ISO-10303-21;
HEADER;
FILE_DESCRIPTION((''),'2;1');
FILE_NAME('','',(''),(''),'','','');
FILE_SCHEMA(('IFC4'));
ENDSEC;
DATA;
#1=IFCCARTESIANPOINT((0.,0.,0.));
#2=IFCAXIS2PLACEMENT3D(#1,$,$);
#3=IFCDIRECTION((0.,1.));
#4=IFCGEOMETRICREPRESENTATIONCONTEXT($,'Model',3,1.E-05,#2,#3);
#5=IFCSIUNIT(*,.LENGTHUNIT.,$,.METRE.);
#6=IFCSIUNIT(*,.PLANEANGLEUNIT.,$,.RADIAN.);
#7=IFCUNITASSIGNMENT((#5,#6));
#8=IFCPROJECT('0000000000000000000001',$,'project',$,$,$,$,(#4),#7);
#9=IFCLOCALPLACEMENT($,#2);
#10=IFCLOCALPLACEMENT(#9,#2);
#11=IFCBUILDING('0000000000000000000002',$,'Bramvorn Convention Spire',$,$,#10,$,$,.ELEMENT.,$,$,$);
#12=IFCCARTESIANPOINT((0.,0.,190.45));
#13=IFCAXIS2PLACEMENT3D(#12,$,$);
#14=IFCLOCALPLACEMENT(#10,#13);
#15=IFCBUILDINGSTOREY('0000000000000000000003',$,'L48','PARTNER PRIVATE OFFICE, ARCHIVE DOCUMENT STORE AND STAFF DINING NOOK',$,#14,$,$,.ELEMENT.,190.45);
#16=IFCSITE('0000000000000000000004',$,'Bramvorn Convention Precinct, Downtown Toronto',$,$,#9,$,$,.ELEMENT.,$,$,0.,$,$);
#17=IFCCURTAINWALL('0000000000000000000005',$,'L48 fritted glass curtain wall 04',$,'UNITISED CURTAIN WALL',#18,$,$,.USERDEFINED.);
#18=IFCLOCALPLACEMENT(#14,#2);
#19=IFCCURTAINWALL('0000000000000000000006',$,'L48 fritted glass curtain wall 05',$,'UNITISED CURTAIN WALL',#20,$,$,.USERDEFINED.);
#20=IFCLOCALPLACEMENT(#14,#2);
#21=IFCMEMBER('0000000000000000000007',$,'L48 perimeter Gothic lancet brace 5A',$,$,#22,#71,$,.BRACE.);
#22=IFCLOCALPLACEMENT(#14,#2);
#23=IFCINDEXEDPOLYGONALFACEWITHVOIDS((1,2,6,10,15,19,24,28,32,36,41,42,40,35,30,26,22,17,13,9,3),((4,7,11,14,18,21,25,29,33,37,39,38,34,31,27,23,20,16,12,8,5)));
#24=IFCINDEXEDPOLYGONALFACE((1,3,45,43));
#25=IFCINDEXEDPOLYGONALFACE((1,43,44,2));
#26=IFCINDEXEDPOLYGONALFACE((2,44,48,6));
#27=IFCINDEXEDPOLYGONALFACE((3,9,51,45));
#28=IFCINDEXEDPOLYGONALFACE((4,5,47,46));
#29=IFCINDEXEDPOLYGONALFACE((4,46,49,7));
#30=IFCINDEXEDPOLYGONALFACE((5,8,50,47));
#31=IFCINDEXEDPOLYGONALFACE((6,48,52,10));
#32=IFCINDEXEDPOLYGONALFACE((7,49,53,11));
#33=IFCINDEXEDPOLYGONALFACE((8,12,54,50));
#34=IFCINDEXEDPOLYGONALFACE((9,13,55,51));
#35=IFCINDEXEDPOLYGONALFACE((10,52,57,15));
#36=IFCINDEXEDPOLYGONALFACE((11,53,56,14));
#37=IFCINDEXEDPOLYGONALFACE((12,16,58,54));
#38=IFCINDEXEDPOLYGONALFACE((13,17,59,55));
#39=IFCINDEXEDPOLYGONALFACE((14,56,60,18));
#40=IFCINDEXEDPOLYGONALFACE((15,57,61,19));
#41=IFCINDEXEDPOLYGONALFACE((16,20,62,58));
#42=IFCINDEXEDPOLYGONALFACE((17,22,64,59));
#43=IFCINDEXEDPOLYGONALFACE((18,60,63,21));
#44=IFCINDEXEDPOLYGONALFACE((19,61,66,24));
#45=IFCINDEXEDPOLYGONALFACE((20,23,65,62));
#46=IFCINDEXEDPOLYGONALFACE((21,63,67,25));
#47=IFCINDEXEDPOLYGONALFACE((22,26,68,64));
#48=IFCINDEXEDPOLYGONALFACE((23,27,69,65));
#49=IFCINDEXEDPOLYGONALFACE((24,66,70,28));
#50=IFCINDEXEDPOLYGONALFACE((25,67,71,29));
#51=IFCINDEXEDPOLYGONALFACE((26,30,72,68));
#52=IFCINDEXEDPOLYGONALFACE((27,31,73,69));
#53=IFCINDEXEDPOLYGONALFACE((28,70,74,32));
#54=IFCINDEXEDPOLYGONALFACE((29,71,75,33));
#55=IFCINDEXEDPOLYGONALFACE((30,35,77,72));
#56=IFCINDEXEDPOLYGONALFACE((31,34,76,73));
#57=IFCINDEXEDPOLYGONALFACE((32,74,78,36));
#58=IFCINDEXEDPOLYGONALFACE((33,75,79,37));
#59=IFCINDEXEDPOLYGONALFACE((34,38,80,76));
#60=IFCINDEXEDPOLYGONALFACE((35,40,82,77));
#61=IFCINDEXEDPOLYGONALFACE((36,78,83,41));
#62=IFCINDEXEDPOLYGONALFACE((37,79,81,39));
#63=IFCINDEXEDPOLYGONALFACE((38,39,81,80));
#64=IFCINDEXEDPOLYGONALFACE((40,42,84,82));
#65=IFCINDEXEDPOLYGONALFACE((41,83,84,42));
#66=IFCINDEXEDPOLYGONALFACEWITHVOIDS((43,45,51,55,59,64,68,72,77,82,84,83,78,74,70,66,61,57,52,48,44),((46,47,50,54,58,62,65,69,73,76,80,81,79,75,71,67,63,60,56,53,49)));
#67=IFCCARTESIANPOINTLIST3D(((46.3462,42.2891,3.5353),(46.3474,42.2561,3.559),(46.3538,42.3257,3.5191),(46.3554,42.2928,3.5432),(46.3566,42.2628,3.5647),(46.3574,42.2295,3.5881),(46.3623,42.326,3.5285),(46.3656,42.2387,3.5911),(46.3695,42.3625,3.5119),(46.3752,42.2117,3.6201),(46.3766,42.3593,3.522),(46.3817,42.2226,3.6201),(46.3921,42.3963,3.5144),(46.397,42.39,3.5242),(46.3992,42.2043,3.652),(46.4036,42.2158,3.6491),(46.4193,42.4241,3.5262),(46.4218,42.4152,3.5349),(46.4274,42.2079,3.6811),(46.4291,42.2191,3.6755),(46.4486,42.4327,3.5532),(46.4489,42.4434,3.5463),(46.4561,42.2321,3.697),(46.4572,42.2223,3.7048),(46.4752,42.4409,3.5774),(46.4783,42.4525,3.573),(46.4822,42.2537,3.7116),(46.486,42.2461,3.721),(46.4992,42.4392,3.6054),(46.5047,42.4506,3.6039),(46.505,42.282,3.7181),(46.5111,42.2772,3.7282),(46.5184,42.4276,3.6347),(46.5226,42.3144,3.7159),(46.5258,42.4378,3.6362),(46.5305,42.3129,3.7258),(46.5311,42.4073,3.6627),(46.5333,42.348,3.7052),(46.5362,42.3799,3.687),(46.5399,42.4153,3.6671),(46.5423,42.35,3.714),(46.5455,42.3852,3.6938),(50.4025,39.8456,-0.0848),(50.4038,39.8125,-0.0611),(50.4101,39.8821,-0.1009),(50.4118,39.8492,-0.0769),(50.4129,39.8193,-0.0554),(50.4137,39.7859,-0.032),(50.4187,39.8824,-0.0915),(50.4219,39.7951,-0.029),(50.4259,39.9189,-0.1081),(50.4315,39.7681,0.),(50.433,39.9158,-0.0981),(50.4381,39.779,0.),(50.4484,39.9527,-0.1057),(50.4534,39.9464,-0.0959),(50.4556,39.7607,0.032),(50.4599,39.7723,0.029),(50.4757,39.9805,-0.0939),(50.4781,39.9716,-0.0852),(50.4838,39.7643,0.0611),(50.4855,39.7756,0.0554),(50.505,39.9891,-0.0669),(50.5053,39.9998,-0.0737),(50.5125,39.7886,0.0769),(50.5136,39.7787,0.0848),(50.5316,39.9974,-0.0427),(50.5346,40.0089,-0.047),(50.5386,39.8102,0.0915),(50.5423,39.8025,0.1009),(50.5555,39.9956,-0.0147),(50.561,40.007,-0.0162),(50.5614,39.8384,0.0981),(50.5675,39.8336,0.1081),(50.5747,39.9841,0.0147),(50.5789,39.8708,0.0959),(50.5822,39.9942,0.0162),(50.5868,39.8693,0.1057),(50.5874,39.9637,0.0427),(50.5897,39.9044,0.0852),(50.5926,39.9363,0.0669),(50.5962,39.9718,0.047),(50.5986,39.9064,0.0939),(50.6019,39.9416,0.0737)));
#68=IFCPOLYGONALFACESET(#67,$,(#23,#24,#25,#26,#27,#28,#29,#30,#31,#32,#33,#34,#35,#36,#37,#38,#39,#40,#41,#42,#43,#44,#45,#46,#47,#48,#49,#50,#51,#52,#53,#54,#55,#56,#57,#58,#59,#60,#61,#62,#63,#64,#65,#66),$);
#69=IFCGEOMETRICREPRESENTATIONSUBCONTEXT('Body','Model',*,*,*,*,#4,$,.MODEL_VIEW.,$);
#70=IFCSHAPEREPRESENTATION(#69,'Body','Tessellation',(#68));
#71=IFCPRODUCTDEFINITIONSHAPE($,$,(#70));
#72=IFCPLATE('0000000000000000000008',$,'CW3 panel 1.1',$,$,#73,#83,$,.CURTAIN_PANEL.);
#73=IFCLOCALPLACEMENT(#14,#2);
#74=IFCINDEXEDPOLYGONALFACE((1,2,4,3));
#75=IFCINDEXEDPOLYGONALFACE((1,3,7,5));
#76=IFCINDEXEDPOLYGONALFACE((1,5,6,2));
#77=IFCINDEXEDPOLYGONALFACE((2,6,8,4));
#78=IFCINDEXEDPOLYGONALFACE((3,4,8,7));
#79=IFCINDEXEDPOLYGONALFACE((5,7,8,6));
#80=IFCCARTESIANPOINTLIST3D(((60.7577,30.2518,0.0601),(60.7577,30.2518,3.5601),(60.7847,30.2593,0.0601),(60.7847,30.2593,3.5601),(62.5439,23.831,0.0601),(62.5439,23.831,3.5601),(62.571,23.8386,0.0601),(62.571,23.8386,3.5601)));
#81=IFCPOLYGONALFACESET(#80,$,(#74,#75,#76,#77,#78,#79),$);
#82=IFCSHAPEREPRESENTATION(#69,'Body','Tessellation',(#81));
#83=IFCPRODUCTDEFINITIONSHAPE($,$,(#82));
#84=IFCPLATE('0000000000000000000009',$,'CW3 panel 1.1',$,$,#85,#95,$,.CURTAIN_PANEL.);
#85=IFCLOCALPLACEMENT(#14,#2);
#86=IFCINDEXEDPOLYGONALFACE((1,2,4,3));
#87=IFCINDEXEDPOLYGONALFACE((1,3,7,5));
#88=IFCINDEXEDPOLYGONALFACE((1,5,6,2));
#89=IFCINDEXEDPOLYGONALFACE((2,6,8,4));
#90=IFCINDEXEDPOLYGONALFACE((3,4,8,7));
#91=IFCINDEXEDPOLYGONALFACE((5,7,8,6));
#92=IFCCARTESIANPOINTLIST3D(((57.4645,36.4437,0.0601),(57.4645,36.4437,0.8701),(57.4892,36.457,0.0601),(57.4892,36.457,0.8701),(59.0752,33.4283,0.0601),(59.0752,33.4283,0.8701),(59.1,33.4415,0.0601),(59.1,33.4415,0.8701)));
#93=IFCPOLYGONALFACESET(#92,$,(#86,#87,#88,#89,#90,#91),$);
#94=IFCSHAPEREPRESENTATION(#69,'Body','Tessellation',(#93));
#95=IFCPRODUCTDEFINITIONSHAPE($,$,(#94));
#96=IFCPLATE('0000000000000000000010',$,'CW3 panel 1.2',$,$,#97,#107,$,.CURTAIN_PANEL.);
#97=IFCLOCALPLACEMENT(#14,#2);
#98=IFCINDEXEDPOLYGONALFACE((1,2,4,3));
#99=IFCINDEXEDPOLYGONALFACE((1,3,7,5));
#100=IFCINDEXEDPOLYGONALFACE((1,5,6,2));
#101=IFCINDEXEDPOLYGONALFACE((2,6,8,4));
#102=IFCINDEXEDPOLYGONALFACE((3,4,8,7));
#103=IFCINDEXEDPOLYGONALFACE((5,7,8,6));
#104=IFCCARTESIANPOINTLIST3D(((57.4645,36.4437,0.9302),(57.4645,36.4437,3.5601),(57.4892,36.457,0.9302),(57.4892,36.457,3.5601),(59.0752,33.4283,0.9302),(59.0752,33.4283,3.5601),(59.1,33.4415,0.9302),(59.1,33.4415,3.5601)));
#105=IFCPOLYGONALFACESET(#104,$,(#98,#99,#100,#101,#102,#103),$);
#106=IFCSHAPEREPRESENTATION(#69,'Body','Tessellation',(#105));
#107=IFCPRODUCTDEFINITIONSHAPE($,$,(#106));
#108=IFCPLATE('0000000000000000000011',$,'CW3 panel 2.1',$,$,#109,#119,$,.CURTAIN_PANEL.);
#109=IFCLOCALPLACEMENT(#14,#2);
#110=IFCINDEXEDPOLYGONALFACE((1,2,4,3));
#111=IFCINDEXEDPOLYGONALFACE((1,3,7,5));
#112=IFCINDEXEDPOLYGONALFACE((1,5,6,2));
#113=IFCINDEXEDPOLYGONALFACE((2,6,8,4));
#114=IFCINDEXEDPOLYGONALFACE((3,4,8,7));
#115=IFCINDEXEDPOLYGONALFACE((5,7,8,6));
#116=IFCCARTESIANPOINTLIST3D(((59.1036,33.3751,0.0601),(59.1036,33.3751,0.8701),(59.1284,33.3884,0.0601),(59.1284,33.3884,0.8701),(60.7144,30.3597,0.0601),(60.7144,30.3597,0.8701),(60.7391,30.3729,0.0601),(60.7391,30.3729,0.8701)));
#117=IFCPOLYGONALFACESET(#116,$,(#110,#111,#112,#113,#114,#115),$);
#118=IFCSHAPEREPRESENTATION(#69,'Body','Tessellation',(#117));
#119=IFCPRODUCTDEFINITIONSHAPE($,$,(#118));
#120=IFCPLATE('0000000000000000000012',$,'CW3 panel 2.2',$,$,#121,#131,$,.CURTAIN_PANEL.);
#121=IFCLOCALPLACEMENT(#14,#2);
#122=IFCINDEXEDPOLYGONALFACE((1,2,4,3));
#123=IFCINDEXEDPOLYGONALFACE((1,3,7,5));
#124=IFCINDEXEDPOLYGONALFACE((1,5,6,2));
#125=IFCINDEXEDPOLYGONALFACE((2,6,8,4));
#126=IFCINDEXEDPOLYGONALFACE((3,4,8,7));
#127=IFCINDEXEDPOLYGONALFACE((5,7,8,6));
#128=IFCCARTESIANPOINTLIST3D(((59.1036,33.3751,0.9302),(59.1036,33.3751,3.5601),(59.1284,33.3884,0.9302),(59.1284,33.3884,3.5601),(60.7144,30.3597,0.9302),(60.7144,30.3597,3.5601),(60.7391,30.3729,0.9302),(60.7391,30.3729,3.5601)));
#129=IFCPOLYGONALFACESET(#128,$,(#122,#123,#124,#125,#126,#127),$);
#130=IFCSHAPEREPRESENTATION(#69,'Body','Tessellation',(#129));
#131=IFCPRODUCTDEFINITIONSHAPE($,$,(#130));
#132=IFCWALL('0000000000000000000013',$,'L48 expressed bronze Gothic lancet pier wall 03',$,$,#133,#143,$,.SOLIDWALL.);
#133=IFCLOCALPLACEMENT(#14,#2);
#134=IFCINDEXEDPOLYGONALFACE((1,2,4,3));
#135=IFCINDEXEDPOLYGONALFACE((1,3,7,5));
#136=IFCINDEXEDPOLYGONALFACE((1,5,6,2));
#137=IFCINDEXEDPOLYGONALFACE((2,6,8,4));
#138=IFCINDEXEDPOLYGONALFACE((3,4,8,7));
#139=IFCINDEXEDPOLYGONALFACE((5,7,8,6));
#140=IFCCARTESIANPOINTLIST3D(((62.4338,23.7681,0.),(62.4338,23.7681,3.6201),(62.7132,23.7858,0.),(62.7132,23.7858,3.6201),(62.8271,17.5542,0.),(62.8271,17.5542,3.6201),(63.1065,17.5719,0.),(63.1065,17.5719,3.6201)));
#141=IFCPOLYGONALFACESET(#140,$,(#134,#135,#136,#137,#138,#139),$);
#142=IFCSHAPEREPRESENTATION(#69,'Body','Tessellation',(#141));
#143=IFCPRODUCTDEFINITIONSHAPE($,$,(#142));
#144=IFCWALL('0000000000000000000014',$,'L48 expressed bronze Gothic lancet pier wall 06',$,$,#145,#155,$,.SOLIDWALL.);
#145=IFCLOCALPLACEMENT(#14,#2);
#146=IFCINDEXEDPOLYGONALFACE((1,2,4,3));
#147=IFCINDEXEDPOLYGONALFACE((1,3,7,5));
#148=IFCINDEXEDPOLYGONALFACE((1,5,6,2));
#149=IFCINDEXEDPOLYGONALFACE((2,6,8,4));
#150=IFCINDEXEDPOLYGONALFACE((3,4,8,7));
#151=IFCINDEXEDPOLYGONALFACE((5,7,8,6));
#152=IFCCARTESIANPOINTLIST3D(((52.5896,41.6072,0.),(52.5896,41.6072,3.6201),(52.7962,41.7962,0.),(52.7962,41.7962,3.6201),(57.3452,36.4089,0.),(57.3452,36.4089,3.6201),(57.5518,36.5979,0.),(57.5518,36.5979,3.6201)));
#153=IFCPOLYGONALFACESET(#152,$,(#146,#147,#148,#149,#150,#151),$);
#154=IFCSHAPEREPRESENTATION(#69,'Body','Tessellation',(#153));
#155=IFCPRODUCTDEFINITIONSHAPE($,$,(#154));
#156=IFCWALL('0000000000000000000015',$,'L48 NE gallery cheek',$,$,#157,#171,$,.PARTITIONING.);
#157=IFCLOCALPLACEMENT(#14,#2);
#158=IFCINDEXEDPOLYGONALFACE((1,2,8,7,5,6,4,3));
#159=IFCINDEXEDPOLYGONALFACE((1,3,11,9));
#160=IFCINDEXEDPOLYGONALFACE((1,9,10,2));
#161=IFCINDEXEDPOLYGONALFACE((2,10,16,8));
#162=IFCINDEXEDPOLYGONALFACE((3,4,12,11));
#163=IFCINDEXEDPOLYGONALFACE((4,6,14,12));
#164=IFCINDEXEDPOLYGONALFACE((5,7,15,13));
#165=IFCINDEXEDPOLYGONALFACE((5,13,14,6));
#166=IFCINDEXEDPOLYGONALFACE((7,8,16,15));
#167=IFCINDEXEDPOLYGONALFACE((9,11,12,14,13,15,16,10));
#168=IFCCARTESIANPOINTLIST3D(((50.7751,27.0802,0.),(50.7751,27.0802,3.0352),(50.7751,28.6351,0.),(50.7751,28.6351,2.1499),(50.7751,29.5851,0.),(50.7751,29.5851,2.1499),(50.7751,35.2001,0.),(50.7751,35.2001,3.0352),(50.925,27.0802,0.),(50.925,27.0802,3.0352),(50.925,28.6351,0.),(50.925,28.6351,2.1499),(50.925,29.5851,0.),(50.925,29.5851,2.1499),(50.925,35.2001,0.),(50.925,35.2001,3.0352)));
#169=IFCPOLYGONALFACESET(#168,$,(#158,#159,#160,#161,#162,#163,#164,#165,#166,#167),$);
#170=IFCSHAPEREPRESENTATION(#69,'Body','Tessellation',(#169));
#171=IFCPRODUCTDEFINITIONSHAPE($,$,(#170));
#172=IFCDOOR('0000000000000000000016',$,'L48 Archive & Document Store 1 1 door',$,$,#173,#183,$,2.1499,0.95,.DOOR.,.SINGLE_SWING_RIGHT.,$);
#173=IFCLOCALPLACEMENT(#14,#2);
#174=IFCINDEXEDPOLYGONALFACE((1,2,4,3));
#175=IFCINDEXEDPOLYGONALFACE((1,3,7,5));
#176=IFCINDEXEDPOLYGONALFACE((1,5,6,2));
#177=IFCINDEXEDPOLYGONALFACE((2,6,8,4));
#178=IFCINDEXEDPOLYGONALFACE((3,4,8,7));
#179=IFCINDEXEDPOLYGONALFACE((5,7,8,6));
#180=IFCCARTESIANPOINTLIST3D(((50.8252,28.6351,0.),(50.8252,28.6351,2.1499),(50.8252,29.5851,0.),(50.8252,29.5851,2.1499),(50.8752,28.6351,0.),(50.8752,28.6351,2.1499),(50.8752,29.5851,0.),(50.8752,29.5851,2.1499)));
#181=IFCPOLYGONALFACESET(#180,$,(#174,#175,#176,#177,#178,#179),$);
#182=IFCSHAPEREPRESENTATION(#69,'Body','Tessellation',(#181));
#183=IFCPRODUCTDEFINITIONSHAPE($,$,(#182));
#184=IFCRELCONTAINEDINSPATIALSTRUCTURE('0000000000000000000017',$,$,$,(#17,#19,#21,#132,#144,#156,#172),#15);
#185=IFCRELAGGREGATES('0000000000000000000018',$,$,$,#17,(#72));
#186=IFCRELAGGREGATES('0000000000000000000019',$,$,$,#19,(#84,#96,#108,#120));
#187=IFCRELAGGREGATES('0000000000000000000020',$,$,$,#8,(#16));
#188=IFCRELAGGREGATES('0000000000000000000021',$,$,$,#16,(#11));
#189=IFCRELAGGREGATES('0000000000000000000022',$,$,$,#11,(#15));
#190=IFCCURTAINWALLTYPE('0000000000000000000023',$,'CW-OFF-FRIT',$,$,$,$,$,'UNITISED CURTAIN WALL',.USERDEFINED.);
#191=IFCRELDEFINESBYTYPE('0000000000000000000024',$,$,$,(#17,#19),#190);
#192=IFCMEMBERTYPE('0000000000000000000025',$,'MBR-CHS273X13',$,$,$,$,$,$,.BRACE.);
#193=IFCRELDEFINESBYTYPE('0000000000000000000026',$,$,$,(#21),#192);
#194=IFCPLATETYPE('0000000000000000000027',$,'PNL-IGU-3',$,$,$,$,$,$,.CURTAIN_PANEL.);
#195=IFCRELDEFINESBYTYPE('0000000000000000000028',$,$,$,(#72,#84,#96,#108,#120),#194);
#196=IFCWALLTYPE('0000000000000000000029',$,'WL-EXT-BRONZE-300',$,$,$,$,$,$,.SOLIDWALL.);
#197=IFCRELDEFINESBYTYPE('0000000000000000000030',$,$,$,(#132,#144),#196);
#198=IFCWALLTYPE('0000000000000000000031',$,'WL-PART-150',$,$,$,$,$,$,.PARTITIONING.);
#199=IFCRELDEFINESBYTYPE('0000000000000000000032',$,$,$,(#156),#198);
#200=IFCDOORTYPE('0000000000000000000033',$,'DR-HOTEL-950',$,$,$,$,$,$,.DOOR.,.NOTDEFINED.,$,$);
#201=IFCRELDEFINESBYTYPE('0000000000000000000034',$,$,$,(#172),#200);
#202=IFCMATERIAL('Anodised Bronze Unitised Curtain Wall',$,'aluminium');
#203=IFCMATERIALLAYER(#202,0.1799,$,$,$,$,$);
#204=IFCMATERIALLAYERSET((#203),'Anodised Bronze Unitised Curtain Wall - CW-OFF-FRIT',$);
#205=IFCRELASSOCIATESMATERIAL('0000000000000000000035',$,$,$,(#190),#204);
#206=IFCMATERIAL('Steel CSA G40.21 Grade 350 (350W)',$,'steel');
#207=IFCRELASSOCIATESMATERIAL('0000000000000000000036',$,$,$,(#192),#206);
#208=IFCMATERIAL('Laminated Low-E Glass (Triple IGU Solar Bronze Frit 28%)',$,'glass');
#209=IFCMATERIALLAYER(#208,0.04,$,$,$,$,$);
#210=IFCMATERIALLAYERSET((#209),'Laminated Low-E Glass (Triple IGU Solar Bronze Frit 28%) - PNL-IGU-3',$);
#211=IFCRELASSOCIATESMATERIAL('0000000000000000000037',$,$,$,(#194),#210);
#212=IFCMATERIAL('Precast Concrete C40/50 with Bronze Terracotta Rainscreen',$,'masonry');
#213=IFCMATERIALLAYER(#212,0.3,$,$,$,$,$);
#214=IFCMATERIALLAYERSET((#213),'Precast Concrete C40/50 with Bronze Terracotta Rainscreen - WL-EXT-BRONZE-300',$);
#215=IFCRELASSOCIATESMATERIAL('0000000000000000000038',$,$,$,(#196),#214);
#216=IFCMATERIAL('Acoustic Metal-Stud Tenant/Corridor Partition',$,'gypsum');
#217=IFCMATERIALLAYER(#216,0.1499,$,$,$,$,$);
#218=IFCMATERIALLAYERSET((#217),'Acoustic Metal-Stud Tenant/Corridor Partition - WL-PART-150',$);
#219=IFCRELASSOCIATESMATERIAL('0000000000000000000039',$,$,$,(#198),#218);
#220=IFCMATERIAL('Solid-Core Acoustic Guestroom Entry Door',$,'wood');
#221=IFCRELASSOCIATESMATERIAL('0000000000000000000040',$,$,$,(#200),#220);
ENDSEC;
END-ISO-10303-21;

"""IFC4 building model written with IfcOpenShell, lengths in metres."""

from ifc_helpers import new_model, si_unit, direction, frame, frame_2d, origin, origin_2d, place, context, subcontext, project, spatial, rectangle, hollow_circle, extrude, material, layer, layer_set, material_profile, profile_set, type_object, element, fill, aggregate, save


model = new_model("IFC4")

# Units and contexts
model_context = context("Model", 3, precision=1e-05, world=origin(), true_north=direction((0.0, 1.0)))
body_context = subcontext(model_context, "Body", "Model", "MODEL_VIEW")
ifc_project = project(units=[si_unit("LENGTHUNIT", "METRE"), si_unit("PLANEANGLEUNIT", "RADIAN")], contexts=[model_context])

# Site, building, storey
site_placement = place(None, origin())
site = spatial("IfcSite", under=ifc_project, at=site_placement, Name="Bramvorn Convention Precinct, Downtown Toronto", CompositionType="ELEMENT", RefElevation=0.0)
building_placement = place(site_placement, origin())
building = spatial("IfcBuilding", under=site, at=building_placement, Name="Bramvorn Convention Spire", CompositionType="ELEMENT")
storey_placement = place(building_placement, frame((0.0, 0.0, 190.45)))
storey = spatial("IfcBuildingStorey", under=building, at=storey_placement, Name="L48", Description="PARTNER PRIVATE OFFICE, ARCHIVE DOCUMENT STORE AND STAFF DINING NOOK", CompositionType="ELEMENT", Elevation=190.45)

# Shared definitions
ifc_material_1 = material(Name="Steel CSA G40.21 Grade 350 (350W)", Category="steel")

# Curtain walls
ifc_material_2 = material(Name="Anodised Bronze Unitised Curtain Wall", Category="aluminium")
ifc_layer_1 = layer(ifc_material_2, 0.1799)
ifc_layer_set_1 = layer_set([ifc_layer_1], Name="Anodised Bronze Unitised Curtain Wall - CW-OFF-FRIT")
curtain_wall_type = type_object("IfcCurtainWallType", Name="CW-OFF-FRIT", ElementType="UNITISED CURTAIN WALL", PredefinedType="USERDEFINED", material=ifc_layer_set_1)
curtain_wall_1_placement = place(storey_placement, origin())
curtain_wall_1 = element("IfcCurtainWall", 1, at=curtain_wall_1_placement, inside=storey, type_object=curtain_wall_type, Name="L48 fritted glass curtain wall 04", ObjectType="UNITISED CURTAIN WALL", PredefinedType="USERDEFINED")
curtain_wall_2_placement = place(storey_placement, origin())
curtain_wall_2 = element("IfcCurtainWall", 2, at=curtain_wall_2_placement, inside=storey, type_object=curtain_wall_type, Name="L48 fritted glass curtain wall 05", ObjectType="UNITISED CURTAIN WALL", PredefinedType="USERDEFINED")

# Member
ifc_material_profile_1 = material_profile(ifc_material_1, hollow_circle(Radius=0.1365, WallThickness=0.0127, at=origin_2d()))
ifc_profile_set_1 = profile_set([ifc_material_profile_1], Name="Steel CSA G40.21 Grade 350 (350W) - CHS273X13")
member_type_1 = type_object("IfcMemberType", Name="MBR-CHS273X13", PredefinedType="BRACE", material=ifc_profile_set_1)
member_1_placement = place(storey_placement, frame((50.502, 39.885, 0.0), z_axis=(-0.680515, 0.409948, 0.607324), x_axis=(-0.516011, -0.856582, 0.0)))
element("IfcMember", 3, at=member_1_placement, inside=storey, type_object=member_type_1, Name="L48 perimeter Gothic lancet brace 5A", PredefinedType="BRACE", context=body_context, shape_type="SweptSolid", body=[
    extrude(hollow_circle(Radius=0.1365, WallThickness=0.0127, at=origin_2d()), origin(), (0.0, 0.0, 1.0), 5.9607),
])

# Plates
ifc_material_3 = material(Name="Laminated Low-E Glass (Triple IGU Solar Bronze Frit 28%)", Category="glass")
ifc_layer_2 = layer(ifc_material_3, 0.04)
ifc_layer_set_2 = layer_set([ifc_layer_2], Name="Laminated Low-E Glass (Triple IGU Solar Bronze Frit 28%) - PNL-IGU-3")
plate_type = type_object("IfcPlateType", Name="PNL-IGU-3", PredefinedType="CURTAIN_PANEL", material=ifc_layer_set_2)
plate_1_placement = place(storey_placement, frame((61.6643, 27.0452, 0.0601), z_axis=(0.0, 0.0, 1.0), x_axis=(0.268022, -0.963413, 0.0)))
plate_1 = element("IfcPlate", 4, at=plate_1_placement, type_object=plate_type, Name="CW3 panel 1.1", PredefinedType="CURTAIN_PANEL", context=body_context, shape_type="SweptSolid", body=[
    extrude(rectangle(XDim=6.6646, YDim=0.0281, at=origin_2d()), origin(), (0.0, 0.0, 1.0), 3.5),
])
aggregate(curtain_wall_1, [plate_1])
plate_2_placement = place(storey_placement, frame((58.2822, 34.9426, 0.0601), z_axis=(0.0, 0.0, 1.0), x_axis=(0.471156, -0.88205, 0.0)))
plate_2 = element("IfcPlate", 5, at=plate_2_placement, type_object=plate_type, Name="CW3 panel 1.1", PredefinedType="CURTAIN_PANEL", context=body_context, shape_type="SweptSolid", body=[
    extrude(rectangle(XDim=3.4187, YDim=0.0281, at=origin_2d()), origin(), (0.0, 0.0, 1.0), 0.8101),
])
plate_3_placement = place(storey_placement, frame((58.2822, 34.9426, 0.9302), z_axis=(0.0, 0.0, 1.0), x_axis=(0.471156, -0.88205, 0.0)))
plate_3 = element("IfcPlate", 6, at=plate_3_placement, type_object=plate_type, Name="CW3 panel 1.2", PredefinedType="CURTAIN_PANEL", context=body_context, shape_type="SweptSolid", body=[
    extrude(rectangle(XDim=3.4187, YDim=0.0281, at=origin_2d()), origin(), (0.0, 0.0, 1.0), 2.6299),
])
plate_4_placement = place(storey_placement, frame((59.9214, 31.874, 0.0601), z_axis=(0.0, 0.0, 1.0), x_axis=(0.471156, -0.88205, 0.0)))
plate_4 = element("IfcPlate", 7, at=plate_4_placement, type_object=plate_type, Name="CW3 panel 2.1", PredefinedType="CURTAIN_PANEL", context=body_context, shape_type="SweptSolid", body=[
    extrude(rectangle(XDim=3.4187, YDim=0.0281, at=origin_2d()), origin(), (0.0, 0.0, 1.0), 0.8101),
])
plate_5_placement = place(storey_placement, frame((59.9214, 31.874, 0.9302), z_axis=(0.0, 0.0, 1.0), x_axis=(0.471156, -0.88205, 0.0)))
plate_5 = element("IfcPlate", 8, at=plate_5_placement, type_object=plate_type, Name="CW3 panel 2.2", PredefinedType="CURTAIN_PANEL", context=body_context, shape_type="SweptSolid", body=[
    extrude(rectangle(XDim=3.4187, YDim=0.0281, at=origin_2d()), origin(), (0.0, 0.0, 1.0), 2.6299),
])
aggregate(curtain_wall_2, [plate_2, plate_3, plate_4, plate_5])

# Walls
ifc_material_4 = material(Name="Precast Concrete C40/50 with Bronze Terracotta Rainscreen", Category="masonry")
ifc_layer_3 = layer(ifc_material_4, 0.3)
ifc_layer_set_3 = layer_set([ifc_layer_3], Name="Precast Concrete C40/50 with Bronze Terracotta Rainscreen - WL-EXT-BRONZE-300")
wall_type_1 = type_object("IfcWallType", Name="WL-EXT-BRONZE-300", PredefinedType="SOLIDWALL", material=ifc_layer_set_3)
wall_1_placement = place(storey_placement, frame((62.5735, 23.7771, 0.0), z_axis=(0.0, 0.0, 1.0), x_axis=(0.063169, -0.998003, 0.0)))
element("IfcWall", 9, at=wall_1_placement, inside=storey, type_object=wall_type_1, Name="L48 expressed bronze Gothic lancet pier wall 03", PredefinedType="SOLIDWALL", context=body_context, shape_type="SweptSolid", body=[
    extrude(rectangle(XDim=6.2263, YDim=0.28, at=frame_2d((3.1133, 0.0))), origin(), (0.0, 0.0, 1.0), 3.6201),
])
wall_2_placement = place(storey_placement, frame((52.6929, 41.7017, 0.0), z_axis=(0.0, 0.0, 1.0), x_axis=(0.674996, -0.737821, 0.0)))
element("IfcWall", 10, at=wall_2_placement, inside=storey, type_object=wall_type_1, Name="L48 expressed bronze Gothic lancet pier wall 06", PredefinedType="SOLIDWALL", context=body_context, shape_type="SweptSolid", body=[
    extrude(rectangle(XDim=7.0454, YDim=0.28, at=frame_2d((3.5227, 0.0))), origin(), (0.0, 0.0, 1.0), 3.6201),
])

# Wall, opening, door
ifc_material_5 = material(Name="Acoustic Metal-Stud Tenant/Corridor Partition", Category="gypsum")
ifc_layer_4 = layer(ifc_material_5, 0.1499)
ifc_layer_set_4 = layer_set([ifc_layer_4], Name="Acoustic Metal-Stud Tenant/Corridor Partition - WL-PART-150")
wall_type_2 = type_object("IfcWallType", Name="WL-PART-150", PredefinedType="PARTITIONING", material=ifc_layer_set_4)
wall_3_placement = place(storey_placement, frame((50.8501, 27.0801, 0.0), z_axis=(0.0, 0.0, 1.0), x_axis=(0.0, 1.0, 0.0)))
wall_3 = element("IfcWall", 11, at=wall_3_placement, inside=storey, type_object=wall_type_2, Name="L48 NE gallery cheek", PredefinedType="PARTITIONING", context=body_context, shape_type="SweptSolid", body=[
    extrude(rectangle(XDim=8.1199, YDim=0.1499, at=frame_2d((4.0601, 0.0))), origin(), (0.0, 0.0, 1.0), 3.0352),
])
opening_placement = place(wall_3_placement, frame((1.5549, 0.0, 0.0)))
opening = element("IfcOpeningElement", 12, at=opening_placement, cuts=wall_3, PredefinedType="OPENING", context=body_context, shape_type="SweptSolid", body=[
    extrude(rectangle(XDim=0.95, YDim=2.1499, at=frame_2d((0.4751, 1.075))), frame((0.0, 0.085, 0.0), z_axis=(0.0, -1.0, 0.0), x_axis=(1.0, 0.0, 0.0)), (0.0, 0.0, 1.0), 0.1699),
])
ifc_material_6 = material(Name="Solid-Core Acoustic Guestroom Entry Door", Category="wood")
door_type = type_object("IfcDoorType", Name="DR-HOTEL-950", OperationType="NOTDEFINED", PredefinedType="DOOR", material=ifc_material_6)
door_placement = place(opening_placement, origin())
door = element("IfcDoor", 13, at=door_placement, inside=storey, type_object=door_type, Name="L48 Archive & Document Store 1 1 door", OperationType="SINGLE_SWING_RIGHT", OverallHeight=2.1499, OverallWidth=0.95, PredefinedType="DOOR", context=body_context, shape_type="SweptSolid", body=[
    extrude(rectangle(XDim=0.95, YDim=2.1499, at=frame_2d((0.4751, 1.075))), frame((0.0, 0.0249, 0.0), z_axis=(0.0, -1.0, 0.0), x_axis=(1.0, 0.0, 0.0)), (0.0, 0.0, 1.0), 0.05),
])
fill(opening, door)

save(model, "model.ifc")
